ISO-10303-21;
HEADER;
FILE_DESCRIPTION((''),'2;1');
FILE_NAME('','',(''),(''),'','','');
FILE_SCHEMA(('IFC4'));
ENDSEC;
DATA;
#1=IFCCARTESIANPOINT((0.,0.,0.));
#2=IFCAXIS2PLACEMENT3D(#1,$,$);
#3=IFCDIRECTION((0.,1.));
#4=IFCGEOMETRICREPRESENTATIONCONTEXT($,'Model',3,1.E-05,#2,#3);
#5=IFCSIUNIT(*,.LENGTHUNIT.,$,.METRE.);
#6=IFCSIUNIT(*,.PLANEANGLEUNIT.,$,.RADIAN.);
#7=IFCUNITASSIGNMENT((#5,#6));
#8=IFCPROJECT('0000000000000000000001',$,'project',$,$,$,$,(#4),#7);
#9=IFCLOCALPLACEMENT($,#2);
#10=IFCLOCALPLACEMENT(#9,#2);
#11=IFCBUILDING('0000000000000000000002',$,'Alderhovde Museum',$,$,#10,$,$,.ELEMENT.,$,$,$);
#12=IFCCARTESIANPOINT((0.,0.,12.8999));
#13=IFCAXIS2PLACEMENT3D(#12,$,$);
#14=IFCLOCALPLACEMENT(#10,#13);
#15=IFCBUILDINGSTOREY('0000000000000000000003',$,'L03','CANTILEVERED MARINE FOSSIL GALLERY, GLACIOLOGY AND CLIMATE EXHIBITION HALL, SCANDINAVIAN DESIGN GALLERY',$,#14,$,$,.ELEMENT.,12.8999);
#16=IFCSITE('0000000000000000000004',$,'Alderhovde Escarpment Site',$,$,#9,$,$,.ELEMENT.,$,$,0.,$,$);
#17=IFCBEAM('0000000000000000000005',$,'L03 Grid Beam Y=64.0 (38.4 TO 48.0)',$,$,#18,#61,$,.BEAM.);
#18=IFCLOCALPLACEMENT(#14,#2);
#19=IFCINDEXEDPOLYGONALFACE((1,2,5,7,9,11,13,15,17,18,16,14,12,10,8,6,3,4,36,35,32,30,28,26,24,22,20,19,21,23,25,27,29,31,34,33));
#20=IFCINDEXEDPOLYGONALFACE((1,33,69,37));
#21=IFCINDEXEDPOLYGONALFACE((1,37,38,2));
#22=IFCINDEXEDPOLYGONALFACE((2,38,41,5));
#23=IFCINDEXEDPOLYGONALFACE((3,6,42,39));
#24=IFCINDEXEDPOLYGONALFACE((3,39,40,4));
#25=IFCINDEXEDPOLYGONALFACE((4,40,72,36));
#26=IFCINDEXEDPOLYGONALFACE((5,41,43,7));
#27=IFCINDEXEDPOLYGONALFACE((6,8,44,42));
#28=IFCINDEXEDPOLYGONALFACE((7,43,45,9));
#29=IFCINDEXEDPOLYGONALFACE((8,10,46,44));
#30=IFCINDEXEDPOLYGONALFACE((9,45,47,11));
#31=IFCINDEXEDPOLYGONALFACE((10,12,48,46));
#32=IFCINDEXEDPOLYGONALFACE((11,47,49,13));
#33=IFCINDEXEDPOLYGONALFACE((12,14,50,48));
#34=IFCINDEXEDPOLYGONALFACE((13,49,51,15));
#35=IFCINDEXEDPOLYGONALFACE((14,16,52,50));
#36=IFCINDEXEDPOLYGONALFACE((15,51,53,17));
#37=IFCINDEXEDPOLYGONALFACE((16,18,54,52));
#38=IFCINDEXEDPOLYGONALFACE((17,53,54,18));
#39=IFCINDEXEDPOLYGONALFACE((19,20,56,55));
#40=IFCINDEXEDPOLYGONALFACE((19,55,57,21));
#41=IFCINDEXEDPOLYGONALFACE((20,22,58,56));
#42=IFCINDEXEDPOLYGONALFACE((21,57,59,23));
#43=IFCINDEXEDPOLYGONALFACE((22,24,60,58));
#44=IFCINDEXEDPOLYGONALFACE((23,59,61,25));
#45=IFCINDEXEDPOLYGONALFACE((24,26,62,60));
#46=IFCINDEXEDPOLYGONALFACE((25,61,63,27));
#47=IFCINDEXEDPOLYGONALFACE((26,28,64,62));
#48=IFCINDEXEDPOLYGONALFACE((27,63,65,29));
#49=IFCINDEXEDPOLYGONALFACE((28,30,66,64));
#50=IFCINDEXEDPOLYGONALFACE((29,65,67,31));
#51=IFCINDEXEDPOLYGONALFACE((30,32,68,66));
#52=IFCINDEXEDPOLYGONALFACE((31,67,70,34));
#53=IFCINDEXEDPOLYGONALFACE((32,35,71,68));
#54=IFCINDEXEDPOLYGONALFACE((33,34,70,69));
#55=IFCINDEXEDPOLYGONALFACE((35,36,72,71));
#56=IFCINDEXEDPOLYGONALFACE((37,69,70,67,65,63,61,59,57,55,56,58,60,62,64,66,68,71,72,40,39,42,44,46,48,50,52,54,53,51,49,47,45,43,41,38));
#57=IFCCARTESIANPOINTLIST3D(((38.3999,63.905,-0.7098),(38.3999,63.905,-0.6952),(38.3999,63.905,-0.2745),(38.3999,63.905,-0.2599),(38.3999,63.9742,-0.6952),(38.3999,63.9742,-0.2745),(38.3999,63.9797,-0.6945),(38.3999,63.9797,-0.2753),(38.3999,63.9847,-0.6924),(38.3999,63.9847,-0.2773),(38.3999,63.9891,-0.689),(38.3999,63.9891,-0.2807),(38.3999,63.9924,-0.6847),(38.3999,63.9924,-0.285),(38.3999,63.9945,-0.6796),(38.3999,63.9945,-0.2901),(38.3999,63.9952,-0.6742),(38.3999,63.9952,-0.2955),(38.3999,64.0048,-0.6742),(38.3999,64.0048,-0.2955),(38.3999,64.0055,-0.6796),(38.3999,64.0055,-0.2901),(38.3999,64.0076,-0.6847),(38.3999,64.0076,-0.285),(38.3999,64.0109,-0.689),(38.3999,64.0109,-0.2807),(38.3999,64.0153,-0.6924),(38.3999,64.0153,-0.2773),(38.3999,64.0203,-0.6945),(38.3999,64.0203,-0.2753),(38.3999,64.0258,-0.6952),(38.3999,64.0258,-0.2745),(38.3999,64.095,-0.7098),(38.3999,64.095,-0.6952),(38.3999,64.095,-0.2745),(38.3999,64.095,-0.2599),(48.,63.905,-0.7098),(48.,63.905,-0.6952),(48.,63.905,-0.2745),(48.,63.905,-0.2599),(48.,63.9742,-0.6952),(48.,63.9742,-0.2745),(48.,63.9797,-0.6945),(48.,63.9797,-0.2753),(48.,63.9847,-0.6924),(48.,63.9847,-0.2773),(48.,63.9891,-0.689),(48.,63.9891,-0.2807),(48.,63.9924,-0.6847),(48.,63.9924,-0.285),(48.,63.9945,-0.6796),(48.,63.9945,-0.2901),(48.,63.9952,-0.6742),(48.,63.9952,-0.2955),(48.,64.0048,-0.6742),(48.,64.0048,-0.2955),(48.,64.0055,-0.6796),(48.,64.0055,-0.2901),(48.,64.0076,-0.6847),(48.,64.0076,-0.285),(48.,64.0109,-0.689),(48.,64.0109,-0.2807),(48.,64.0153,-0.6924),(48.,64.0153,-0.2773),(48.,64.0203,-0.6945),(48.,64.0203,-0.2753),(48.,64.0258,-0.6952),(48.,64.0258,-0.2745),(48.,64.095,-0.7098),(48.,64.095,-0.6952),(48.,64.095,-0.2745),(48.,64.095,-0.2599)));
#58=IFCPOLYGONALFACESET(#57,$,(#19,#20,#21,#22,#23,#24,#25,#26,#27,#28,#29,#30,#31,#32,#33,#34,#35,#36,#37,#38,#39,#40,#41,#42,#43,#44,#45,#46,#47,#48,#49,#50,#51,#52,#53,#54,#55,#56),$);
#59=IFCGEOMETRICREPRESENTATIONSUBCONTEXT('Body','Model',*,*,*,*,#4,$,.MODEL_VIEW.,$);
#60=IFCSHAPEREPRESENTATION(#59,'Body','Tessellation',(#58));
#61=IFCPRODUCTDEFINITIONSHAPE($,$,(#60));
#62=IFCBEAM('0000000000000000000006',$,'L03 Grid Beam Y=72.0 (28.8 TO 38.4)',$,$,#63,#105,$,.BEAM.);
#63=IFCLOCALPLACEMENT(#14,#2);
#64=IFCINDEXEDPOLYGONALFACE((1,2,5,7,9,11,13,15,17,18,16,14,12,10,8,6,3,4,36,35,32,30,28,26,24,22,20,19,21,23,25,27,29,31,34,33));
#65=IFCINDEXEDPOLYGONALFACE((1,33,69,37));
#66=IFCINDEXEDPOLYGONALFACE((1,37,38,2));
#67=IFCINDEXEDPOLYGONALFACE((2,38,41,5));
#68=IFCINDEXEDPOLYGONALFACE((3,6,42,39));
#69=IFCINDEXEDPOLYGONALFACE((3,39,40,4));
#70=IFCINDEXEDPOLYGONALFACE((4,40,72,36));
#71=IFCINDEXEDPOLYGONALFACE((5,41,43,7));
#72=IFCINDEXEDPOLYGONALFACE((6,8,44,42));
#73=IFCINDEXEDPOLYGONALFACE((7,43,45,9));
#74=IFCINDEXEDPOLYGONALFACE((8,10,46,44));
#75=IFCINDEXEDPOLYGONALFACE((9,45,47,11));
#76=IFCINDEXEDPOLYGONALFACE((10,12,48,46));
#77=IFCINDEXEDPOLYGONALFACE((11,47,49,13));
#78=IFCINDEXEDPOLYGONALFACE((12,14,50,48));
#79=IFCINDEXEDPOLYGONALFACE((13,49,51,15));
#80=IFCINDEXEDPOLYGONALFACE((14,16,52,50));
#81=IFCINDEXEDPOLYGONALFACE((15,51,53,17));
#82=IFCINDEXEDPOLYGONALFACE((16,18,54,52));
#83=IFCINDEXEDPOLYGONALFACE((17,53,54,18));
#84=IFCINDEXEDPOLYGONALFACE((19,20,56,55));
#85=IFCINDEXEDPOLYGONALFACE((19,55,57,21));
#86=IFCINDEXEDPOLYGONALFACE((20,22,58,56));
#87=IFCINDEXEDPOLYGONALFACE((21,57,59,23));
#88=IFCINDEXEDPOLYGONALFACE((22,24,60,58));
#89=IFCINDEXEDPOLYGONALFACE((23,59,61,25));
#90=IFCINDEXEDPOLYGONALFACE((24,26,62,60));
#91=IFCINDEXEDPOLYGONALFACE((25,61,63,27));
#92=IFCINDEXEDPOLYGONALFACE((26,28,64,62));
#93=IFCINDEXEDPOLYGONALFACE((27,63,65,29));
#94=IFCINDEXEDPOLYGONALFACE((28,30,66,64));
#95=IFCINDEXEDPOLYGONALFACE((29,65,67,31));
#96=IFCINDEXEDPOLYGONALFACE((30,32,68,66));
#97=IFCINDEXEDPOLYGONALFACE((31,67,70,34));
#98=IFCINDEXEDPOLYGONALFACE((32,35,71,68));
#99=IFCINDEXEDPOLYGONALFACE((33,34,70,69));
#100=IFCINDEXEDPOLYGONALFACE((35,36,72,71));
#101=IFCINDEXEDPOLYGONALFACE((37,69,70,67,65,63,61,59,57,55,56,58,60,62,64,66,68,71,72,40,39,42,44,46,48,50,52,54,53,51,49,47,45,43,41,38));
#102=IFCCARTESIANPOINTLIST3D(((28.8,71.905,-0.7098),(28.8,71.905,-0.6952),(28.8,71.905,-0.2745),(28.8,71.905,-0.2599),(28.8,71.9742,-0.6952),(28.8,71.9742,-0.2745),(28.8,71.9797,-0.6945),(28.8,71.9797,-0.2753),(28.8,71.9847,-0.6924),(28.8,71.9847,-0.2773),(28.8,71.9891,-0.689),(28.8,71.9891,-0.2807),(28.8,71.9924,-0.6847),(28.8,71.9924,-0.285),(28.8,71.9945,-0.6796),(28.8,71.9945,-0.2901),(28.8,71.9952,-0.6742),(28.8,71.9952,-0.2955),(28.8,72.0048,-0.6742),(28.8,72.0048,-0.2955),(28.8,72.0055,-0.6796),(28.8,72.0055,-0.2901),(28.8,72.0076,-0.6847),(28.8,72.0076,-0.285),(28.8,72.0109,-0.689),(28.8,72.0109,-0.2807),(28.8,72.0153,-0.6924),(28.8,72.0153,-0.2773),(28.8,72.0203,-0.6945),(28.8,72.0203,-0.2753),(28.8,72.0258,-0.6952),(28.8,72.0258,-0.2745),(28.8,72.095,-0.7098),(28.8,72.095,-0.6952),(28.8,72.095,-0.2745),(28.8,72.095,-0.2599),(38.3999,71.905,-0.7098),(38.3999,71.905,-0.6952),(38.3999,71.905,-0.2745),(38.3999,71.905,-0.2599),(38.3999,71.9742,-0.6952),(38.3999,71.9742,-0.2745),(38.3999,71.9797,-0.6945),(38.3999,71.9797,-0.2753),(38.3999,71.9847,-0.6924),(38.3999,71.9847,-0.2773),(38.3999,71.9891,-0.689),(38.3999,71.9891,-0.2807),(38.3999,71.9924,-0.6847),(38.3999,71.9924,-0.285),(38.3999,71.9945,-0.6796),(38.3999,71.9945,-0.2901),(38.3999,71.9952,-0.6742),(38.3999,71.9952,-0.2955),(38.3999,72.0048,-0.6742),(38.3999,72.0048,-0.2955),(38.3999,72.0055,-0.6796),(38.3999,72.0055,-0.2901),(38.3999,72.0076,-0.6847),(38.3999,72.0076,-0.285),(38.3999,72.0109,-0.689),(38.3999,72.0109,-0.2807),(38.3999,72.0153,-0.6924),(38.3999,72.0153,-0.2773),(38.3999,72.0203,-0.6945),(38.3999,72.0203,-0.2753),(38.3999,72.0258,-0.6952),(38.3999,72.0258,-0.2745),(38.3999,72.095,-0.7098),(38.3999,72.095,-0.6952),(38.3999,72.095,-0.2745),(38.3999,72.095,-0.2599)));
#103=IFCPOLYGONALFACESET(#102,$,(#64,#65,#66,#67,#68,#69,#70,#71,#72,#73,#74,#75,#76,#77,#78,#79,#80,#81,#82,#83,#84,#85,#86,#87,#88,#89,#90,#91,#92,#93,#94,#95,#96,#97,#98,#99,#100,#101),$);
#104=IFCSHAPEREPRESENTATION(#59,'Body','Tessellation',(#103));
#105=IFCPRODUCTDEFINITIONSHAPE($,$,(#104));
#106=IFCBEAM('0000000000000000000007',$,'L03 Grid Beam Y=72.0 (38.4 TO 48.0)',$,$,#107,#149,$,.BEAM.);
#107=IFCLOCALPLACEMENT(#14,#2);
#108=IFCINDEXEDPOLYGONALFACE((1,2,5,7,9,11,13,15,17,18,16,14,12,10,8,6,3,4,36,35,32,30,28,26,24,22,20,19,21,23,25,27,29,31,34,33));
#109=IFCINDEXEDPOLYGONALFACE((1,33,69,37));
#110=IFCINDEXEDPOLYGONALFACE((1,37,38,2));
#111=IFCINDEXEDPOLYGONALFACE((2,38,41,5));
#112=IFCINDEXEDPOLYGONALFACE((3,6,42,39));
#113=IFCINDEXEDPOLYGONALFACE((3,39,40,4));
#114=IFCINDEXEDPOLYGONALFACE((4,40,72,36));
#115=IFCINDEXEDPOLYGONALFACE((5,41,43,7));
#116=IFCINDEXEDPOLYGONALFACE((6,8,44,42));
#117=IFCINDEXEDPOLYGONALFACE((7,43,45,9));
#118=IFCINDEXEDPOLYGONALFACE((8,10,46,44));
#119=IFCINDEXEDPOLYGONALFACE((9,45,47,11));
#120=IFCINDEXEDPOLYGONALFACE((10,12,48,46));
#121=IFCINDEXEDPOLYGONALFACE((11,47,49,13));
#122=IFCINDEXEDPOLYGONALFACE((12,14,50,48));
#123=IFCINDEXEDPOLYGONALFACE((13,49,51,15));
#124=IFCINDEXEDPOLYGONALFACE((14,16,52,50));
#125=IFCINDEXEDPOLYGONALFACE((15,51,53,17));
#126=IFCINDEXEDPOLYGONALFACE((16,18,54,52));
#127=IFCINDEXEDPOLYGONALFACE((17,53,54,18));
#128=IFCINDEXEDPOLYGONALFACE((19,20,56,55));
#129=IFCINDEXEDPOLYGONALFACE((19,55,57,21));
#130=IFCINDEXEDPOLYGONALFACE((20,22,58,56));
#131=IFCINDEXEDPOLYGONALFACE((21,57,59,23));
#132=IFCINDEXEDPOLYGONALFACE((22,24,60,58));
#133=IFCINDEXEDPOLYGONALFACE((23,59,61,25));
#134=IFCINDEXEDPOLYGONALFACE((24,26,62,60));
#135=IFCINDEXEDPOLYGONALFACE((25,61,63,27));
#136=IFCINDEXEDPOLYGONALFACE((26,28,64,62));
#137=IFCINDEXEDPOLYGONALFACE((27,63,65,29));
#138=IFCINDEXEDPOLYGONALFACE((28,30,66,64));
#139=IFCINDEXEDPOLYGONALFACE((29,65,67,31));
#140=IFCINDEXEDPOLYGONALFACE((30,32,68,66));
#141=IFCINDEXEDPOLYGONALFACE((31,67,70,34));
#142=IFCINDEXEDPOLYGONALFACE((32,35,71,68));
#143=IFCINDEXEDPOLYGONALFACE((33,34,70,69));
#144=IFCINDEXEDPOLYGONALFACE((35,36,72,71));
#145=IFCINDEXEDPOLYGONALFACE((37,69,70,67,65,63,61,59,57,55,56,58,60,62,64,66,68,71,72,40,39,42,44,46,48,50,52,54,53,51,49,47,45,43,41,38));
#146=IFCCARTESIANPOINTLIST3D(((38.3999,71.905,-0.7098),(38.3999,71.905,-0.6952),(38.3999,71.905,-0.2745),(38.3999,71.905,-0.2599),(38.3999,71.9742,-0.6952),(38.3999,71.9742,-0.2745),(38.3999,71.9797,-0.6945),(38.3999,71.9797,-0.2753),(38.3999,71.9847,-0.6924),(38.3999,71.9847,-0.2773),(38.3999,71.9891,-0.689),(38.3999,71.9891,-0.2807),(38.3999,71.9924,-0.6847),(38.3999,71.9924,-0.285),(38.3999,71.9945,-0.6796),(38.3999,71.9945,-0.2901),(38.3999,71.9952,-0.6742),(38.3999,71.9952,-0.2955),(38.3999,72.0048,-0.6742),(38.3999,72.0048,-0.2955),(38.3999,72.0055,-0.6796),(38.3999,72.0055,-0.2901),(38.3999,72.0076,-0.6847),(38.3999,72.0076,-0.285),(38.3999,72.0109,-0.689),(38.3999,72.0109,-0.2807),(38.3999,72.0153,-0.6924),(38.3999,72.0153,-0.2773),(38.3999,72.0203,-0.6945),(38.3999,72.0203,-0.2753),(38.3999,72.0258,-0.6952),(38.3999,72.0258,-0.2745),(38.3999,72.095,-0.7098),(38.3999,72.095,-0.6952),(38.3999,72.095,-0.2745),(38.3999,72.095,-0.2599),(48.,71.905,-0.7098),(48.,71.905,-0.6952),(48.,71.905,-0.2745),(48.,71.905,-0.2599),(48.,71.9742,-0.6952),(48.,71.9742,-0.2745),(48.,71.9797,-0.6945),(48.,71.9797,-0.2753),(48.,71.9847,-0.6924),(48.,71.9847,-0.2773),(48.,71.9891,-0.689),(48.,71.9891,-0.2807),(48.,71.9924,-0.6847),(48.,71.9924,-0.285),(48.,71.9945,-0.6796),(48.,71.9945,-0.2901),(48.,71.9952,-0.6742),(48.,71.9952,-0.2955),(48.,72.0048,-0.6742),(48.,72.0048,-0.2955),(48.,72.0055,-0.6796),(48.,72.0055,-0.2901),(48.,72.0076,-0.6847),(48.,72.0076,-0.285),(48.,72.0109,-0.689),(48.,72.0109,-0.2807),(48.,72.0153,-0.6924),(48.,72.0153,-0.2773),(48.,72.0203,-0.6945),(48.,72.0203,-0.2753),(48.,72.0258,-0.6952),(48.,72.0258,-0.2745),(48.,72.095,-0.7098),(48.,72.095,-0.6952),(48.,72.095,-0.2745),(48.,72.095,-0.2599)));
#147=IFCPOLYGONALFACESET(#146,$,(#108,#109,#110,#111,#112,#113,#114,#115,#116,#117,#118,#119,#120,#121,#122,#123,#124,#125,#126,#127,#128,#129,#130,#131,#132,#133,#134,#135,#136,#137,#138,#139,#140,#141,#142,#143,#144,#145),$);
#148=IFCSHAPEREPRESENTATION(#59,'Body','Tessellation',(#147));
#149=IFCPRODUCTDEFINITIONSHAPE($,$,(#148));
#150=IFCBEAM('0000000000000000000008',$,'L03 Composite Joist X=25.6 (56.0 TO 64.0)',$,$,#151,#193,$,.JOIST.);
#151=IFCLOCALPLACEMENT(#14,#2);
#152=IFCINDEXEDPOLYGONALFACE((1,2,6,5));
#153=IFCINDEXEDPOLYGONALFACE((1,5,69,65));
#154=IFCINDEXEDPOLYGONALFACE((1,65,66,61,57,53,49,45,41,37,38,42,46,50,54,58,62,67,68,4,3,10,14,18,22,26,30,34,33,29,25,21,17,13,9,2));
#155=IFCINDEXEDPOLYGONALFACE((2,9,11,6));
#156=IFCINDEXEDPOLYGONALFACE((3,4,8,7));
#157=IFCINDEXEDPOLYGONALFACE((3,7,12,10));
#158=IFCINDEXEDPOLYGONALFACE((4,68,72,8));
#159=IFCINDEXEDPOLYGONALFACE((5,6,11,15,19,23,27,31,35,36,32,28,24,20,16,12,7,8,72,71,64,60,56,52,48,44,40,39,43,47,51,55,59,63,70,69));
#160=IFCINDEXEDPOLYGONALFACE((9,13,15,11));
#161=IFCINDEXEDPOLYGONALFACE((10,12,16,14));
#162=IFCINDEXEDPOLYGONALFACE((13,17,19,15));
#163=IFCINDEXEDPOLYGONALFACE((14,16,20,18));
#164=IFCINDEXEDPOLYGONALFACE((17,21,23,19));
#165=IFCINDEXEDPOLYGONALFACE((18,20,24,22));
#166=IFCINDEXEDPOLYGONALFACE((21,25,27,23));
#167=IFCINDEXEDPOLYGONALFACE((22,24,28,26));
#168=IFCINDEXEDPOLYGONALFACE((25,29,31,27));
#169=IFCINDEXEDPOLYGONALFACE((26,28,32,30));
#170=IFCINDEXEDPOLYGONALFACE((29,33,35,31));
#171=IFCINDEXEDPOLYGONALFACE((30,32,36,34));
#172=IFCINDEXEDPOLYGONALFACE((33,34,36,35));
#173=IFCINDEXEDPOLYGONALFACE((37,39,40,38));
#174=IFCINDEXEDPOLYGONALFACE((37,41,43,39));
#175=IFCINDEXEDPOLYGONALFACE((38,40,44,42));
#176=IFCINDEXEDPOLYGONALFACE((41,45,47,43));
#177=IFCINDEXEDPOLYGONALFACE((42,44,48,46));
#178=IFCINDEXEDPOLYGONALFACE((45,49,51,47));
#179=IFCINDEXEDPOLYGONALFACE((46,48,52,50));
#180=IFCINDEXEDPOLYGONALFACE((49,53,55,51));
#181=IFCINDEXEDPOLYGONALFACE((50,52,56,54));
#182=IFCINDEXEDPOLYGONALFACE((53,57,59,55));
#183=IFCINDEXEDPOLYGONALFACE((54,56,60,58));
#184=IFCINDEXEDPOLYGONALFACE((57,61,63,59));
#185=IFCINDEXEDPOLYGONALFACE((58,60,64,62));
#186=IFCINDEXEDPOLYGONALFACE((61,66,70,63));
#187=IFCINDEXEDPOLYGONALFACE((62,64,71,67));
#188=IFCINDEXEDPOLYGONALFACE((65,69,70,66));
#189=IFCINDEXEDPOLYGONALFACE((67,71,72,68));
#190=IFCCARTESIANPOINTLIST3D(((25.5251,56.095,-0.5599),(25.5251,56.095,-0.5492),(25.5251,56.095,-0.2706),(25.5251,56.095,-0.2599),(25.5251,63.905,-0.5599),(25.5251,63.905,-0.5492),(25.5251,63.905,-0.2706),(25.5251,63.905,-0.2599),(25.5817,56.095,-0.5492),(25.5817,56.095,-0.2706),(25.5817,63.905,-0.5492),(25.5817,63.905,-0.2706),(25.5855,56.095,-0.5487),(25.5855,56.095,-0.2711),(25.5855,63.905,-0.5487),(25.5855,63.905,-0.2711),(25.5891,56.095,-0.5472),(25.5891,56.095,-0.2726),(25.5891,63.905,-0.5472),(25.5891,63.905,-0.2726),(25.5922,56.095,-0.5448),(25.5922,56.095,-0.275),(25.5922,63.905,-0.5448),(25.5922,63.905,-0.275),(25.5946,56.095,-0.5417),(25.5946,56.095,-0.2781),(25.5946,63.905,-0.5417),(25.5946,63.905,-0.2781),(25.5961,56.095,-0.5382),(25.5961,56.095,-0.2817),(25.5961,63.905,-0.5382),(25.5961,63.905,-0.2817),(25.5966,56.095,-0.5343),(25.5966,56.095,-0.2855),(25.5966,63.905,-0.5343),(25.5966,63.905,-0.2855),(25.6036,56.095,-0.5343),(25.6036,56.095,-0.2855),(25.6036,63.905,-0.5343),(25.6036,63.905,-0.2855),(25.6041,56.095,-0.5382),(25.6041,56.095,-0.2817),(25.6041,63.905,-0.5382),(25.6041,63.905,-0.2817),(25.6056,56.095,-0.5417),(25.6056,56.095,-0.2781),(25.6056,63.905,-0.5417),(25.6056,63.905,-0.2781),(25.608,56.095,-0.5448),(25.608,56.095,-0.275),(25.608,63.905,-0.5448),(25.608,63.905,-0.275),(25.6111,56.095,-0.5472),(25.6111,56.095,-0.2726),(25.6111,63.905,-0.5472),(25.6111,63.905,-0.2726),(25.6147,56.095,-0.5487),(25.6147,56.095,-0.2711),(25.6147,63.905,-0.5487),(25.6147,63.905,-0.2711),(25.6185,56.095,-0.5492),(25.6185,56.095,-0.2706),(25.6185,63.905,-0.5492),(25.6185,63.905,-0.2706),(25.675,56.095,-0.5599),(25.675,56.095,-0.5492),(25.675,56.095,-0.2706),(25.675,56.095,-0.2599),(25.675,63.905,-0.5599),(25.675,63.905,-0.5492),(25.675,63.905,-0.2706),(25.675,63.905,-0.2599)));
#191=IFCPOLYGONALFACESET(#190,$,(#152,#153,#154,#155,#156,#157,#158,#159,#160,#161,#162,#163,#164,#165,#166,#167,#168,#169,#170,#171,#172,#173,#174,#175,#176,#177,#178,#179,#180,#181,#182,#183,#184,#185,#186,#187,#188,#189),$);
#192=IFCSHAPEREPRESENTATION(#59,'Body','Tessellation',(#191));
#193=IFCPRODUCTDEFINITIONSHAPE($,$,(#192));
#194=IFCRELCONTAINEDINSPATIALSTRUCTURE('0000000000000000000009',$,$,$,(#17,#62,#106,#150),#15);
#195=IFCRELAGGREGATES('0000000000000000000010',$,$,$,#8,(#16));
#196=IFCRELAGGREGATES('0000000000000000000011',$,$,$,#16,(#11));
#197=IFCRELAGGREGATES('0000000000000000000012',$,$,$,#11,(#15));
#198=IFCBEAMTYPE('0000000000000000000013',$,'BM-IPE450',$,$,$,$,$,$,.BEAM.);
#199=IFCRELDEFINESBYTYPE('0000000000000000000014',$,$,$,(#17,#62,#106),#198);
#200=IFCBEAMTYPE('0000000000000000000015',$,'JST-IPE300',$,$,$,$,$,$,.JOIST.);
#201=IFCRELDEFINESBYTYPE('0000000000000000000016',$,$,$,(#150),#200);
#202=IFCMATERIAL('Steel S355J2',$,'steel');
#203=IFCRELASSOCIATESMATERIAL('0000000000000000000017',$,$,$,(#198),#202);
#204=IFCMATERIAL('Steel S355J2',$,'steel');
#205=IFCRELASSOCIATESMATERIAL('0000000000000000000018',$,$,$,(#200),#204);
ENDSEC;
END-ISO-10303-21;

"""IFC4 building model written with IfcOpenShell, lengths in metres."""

from ifc_helpers import new_model, si_unit, direction, frame, origin, origin_2d, place, context, subcontext, project, spatial, i_section, extrude, material, material_profile, profile_set, type_object, element, save


model = new_model("IFC4")

# Units and contexts
model_context = context("Model", 3, precision=1e-05, world=origin(), true_north=direction((0.0, 1.0)))
body_context = subcontext(model_context, "Body", "Model", "MODEL_VIEW")
ifc_project = project(units=[si_unit("LENGTHUNIT", "METRE"), si_unit("PLANEANGLEUNIT", "RADIAN")], contexts=[model_context])

# Site, building, storey
site_placement = place(None, origin())
site = spatial("IfcSite", under=ifc_project, at=site_placement, Name="Alderhovde Escarpment Site", CompositionType="ELEMENT", RefElevation=0.0)
building_placement = place(site_placement, origin())
building = spatial("IfcBuilding", under=site, at=building_placement, Name="Alderhovde Museum", CompositionType="ELEMENT")
storey_placement = place(building_placement, frame((0.0, 0.0, 12.8999)))
storey = spatial("IfcBuildingStorey", under=building, at=storey_placement, Name="L03", Description="CANTILEVERED MARINE FOSSIL GALLERY, GLACIOLOGY AND CLIMATE EXHIBITION HALL, SCANDINAVIAN DESIGN GALLERY", CompositionType="ELEMENT", Elevation=12.8999)

# Beams
ifc_material_1 = material(Name="Steel S355J2", Category="steel")
ifc_material_profile_1 = material_profile(ifc_material_1, i_section(OverallWidth=0.1899, OverallDepth=0.45, WebThickness=0.0095, FlangeThickness=0.0146, FilletRadius=0.021, at=origin_2d()), Name="IPE 450")
ifc_profile_set_1 = profile_set([ifc_material_profile_1], Name="Steel S355J2")
beam_type_1 = type_object("IfcBeamType", Name="BM-IPE450", PredefinedType="BEAM", material=ifc_profile_set_1)
beam_1_placement = place(storey_placement, frame((38.3999, 64.0, -0.4849), z_axis=(1.0, 0.0, 0.0), x_axis=(0.0, 1.0, 0.0)))
element("IfcBeam", 1, at=beam_1_placement, inside=storey, type_object=beam_type_1, Name="L03 Grid Beam Y=64.0 (38.4 TO 48.0)", PredefinedType="BEAM", context=body_context, shape_type="SweptSolid", body=[
    extrude(i_section(OverallWidth=0.1899, OverallDepth=0.45, WebThickness=0.0095, FlangeThickness=0.0146, FilletRadius=0.021, at=origin_2d()), origin(), (0.0, 0.0, 1.0), 9.6001),
])
beam_2_placement = place(storey_placement, frame((28.8, 72.0, -0.4849), z_axis=(1.0, 0.0, 0.0), x_axis=(0.0, 1.0, 0.0)))
element("IfcBeam", 2, at=beam_2_placement, inside=storey, type_object=beam_type_1, Name="L03 Grid Beam Y=72.0 (28.8 TO 38.4)", PredefinedType="BEAM", context=body_context, shape_type="SweptSolid", body=[
    extrude(i_section(OverallWidth=0.1899, OverallDepth=0.45, WebThickness=0.0095, FlangeThickness=0.0146, FilletRadius=0.021, at=origin_2d()), origin(), (0.0, 0.0, 1.0), 9.5999),
])
beam_3_placement = place(storey_placement, frame((38.3999, 72.0, -0.4849), z_axis=(1.0, 0.0, 0.0), x_axis=(0.0, 1.0, 0.0)))
element("IfcBeam", 3, at=beam_3_placement, inside=storey, type_object=beam_type_1, Name="L03 Grid Beam Y=72.0 (38.4 TO 48.0)", PredefinedType="BEAM", context=body_context, shape_type="SweptSolid", body=[
    extrude(i_section(OverallWidth=0.1899, OverallDepth=0.45, WebThickness=0.0095, FlangeThickness=0.0146, FilletRadius=0.021, at=origin_2d()), origin(), (0.0, 0.0, 1.0), 9.6001),
])
ifc_material_2 = material(Name="Steel S355J2", Category="steel")
ifc_material_profile_2 = material_profile(ifc_material_2, i_section(OverallWidth=0.1499, OverallDepth=0.3, WebThickness=0.0071, FlangeThickness=0.0107, FilletRadius=0.0149, at=origin_2d()), Name="IPE 300")
ifc_profile_set_2 = profile_set([ifc_material_profile_2], Name="Steel S355J2")
beam_type_2 = type_object("IfcBeamType", Name="JST-IPE300", PredefinedType="JOIST", material=ifc_profile_set_2)
for number, where, z_axis, x_axis, name in (
    (4, (25.6001, 56.095, -0.4099), (0.0, 1.0, 0.0), (-1.0, 0.0, 0.0), "L03 Composite Joist X=25.6 (56.0 TO 64.0)"),
):
    element("IfcBeam", number, at=place(storey_placement, frame(where, z_axis=z_axis, x_axis=x_axis)), inside=storey, type_object=beam_type_2, Name=name, PredefinedType="JOIST", context=body_context, shape_type="SweptSolid", body=[
        extrude(i_section(OverallWidth=0.1499, OverallDepth=0.3, WebThickness=0.0071, FlangeThickness=0.0107, FilletRadius=0.0149, at=origin_2d()), origin(), (0.0, 0.0, 1.0), 7.8101),
    ])

save(model, "model.ifc")
